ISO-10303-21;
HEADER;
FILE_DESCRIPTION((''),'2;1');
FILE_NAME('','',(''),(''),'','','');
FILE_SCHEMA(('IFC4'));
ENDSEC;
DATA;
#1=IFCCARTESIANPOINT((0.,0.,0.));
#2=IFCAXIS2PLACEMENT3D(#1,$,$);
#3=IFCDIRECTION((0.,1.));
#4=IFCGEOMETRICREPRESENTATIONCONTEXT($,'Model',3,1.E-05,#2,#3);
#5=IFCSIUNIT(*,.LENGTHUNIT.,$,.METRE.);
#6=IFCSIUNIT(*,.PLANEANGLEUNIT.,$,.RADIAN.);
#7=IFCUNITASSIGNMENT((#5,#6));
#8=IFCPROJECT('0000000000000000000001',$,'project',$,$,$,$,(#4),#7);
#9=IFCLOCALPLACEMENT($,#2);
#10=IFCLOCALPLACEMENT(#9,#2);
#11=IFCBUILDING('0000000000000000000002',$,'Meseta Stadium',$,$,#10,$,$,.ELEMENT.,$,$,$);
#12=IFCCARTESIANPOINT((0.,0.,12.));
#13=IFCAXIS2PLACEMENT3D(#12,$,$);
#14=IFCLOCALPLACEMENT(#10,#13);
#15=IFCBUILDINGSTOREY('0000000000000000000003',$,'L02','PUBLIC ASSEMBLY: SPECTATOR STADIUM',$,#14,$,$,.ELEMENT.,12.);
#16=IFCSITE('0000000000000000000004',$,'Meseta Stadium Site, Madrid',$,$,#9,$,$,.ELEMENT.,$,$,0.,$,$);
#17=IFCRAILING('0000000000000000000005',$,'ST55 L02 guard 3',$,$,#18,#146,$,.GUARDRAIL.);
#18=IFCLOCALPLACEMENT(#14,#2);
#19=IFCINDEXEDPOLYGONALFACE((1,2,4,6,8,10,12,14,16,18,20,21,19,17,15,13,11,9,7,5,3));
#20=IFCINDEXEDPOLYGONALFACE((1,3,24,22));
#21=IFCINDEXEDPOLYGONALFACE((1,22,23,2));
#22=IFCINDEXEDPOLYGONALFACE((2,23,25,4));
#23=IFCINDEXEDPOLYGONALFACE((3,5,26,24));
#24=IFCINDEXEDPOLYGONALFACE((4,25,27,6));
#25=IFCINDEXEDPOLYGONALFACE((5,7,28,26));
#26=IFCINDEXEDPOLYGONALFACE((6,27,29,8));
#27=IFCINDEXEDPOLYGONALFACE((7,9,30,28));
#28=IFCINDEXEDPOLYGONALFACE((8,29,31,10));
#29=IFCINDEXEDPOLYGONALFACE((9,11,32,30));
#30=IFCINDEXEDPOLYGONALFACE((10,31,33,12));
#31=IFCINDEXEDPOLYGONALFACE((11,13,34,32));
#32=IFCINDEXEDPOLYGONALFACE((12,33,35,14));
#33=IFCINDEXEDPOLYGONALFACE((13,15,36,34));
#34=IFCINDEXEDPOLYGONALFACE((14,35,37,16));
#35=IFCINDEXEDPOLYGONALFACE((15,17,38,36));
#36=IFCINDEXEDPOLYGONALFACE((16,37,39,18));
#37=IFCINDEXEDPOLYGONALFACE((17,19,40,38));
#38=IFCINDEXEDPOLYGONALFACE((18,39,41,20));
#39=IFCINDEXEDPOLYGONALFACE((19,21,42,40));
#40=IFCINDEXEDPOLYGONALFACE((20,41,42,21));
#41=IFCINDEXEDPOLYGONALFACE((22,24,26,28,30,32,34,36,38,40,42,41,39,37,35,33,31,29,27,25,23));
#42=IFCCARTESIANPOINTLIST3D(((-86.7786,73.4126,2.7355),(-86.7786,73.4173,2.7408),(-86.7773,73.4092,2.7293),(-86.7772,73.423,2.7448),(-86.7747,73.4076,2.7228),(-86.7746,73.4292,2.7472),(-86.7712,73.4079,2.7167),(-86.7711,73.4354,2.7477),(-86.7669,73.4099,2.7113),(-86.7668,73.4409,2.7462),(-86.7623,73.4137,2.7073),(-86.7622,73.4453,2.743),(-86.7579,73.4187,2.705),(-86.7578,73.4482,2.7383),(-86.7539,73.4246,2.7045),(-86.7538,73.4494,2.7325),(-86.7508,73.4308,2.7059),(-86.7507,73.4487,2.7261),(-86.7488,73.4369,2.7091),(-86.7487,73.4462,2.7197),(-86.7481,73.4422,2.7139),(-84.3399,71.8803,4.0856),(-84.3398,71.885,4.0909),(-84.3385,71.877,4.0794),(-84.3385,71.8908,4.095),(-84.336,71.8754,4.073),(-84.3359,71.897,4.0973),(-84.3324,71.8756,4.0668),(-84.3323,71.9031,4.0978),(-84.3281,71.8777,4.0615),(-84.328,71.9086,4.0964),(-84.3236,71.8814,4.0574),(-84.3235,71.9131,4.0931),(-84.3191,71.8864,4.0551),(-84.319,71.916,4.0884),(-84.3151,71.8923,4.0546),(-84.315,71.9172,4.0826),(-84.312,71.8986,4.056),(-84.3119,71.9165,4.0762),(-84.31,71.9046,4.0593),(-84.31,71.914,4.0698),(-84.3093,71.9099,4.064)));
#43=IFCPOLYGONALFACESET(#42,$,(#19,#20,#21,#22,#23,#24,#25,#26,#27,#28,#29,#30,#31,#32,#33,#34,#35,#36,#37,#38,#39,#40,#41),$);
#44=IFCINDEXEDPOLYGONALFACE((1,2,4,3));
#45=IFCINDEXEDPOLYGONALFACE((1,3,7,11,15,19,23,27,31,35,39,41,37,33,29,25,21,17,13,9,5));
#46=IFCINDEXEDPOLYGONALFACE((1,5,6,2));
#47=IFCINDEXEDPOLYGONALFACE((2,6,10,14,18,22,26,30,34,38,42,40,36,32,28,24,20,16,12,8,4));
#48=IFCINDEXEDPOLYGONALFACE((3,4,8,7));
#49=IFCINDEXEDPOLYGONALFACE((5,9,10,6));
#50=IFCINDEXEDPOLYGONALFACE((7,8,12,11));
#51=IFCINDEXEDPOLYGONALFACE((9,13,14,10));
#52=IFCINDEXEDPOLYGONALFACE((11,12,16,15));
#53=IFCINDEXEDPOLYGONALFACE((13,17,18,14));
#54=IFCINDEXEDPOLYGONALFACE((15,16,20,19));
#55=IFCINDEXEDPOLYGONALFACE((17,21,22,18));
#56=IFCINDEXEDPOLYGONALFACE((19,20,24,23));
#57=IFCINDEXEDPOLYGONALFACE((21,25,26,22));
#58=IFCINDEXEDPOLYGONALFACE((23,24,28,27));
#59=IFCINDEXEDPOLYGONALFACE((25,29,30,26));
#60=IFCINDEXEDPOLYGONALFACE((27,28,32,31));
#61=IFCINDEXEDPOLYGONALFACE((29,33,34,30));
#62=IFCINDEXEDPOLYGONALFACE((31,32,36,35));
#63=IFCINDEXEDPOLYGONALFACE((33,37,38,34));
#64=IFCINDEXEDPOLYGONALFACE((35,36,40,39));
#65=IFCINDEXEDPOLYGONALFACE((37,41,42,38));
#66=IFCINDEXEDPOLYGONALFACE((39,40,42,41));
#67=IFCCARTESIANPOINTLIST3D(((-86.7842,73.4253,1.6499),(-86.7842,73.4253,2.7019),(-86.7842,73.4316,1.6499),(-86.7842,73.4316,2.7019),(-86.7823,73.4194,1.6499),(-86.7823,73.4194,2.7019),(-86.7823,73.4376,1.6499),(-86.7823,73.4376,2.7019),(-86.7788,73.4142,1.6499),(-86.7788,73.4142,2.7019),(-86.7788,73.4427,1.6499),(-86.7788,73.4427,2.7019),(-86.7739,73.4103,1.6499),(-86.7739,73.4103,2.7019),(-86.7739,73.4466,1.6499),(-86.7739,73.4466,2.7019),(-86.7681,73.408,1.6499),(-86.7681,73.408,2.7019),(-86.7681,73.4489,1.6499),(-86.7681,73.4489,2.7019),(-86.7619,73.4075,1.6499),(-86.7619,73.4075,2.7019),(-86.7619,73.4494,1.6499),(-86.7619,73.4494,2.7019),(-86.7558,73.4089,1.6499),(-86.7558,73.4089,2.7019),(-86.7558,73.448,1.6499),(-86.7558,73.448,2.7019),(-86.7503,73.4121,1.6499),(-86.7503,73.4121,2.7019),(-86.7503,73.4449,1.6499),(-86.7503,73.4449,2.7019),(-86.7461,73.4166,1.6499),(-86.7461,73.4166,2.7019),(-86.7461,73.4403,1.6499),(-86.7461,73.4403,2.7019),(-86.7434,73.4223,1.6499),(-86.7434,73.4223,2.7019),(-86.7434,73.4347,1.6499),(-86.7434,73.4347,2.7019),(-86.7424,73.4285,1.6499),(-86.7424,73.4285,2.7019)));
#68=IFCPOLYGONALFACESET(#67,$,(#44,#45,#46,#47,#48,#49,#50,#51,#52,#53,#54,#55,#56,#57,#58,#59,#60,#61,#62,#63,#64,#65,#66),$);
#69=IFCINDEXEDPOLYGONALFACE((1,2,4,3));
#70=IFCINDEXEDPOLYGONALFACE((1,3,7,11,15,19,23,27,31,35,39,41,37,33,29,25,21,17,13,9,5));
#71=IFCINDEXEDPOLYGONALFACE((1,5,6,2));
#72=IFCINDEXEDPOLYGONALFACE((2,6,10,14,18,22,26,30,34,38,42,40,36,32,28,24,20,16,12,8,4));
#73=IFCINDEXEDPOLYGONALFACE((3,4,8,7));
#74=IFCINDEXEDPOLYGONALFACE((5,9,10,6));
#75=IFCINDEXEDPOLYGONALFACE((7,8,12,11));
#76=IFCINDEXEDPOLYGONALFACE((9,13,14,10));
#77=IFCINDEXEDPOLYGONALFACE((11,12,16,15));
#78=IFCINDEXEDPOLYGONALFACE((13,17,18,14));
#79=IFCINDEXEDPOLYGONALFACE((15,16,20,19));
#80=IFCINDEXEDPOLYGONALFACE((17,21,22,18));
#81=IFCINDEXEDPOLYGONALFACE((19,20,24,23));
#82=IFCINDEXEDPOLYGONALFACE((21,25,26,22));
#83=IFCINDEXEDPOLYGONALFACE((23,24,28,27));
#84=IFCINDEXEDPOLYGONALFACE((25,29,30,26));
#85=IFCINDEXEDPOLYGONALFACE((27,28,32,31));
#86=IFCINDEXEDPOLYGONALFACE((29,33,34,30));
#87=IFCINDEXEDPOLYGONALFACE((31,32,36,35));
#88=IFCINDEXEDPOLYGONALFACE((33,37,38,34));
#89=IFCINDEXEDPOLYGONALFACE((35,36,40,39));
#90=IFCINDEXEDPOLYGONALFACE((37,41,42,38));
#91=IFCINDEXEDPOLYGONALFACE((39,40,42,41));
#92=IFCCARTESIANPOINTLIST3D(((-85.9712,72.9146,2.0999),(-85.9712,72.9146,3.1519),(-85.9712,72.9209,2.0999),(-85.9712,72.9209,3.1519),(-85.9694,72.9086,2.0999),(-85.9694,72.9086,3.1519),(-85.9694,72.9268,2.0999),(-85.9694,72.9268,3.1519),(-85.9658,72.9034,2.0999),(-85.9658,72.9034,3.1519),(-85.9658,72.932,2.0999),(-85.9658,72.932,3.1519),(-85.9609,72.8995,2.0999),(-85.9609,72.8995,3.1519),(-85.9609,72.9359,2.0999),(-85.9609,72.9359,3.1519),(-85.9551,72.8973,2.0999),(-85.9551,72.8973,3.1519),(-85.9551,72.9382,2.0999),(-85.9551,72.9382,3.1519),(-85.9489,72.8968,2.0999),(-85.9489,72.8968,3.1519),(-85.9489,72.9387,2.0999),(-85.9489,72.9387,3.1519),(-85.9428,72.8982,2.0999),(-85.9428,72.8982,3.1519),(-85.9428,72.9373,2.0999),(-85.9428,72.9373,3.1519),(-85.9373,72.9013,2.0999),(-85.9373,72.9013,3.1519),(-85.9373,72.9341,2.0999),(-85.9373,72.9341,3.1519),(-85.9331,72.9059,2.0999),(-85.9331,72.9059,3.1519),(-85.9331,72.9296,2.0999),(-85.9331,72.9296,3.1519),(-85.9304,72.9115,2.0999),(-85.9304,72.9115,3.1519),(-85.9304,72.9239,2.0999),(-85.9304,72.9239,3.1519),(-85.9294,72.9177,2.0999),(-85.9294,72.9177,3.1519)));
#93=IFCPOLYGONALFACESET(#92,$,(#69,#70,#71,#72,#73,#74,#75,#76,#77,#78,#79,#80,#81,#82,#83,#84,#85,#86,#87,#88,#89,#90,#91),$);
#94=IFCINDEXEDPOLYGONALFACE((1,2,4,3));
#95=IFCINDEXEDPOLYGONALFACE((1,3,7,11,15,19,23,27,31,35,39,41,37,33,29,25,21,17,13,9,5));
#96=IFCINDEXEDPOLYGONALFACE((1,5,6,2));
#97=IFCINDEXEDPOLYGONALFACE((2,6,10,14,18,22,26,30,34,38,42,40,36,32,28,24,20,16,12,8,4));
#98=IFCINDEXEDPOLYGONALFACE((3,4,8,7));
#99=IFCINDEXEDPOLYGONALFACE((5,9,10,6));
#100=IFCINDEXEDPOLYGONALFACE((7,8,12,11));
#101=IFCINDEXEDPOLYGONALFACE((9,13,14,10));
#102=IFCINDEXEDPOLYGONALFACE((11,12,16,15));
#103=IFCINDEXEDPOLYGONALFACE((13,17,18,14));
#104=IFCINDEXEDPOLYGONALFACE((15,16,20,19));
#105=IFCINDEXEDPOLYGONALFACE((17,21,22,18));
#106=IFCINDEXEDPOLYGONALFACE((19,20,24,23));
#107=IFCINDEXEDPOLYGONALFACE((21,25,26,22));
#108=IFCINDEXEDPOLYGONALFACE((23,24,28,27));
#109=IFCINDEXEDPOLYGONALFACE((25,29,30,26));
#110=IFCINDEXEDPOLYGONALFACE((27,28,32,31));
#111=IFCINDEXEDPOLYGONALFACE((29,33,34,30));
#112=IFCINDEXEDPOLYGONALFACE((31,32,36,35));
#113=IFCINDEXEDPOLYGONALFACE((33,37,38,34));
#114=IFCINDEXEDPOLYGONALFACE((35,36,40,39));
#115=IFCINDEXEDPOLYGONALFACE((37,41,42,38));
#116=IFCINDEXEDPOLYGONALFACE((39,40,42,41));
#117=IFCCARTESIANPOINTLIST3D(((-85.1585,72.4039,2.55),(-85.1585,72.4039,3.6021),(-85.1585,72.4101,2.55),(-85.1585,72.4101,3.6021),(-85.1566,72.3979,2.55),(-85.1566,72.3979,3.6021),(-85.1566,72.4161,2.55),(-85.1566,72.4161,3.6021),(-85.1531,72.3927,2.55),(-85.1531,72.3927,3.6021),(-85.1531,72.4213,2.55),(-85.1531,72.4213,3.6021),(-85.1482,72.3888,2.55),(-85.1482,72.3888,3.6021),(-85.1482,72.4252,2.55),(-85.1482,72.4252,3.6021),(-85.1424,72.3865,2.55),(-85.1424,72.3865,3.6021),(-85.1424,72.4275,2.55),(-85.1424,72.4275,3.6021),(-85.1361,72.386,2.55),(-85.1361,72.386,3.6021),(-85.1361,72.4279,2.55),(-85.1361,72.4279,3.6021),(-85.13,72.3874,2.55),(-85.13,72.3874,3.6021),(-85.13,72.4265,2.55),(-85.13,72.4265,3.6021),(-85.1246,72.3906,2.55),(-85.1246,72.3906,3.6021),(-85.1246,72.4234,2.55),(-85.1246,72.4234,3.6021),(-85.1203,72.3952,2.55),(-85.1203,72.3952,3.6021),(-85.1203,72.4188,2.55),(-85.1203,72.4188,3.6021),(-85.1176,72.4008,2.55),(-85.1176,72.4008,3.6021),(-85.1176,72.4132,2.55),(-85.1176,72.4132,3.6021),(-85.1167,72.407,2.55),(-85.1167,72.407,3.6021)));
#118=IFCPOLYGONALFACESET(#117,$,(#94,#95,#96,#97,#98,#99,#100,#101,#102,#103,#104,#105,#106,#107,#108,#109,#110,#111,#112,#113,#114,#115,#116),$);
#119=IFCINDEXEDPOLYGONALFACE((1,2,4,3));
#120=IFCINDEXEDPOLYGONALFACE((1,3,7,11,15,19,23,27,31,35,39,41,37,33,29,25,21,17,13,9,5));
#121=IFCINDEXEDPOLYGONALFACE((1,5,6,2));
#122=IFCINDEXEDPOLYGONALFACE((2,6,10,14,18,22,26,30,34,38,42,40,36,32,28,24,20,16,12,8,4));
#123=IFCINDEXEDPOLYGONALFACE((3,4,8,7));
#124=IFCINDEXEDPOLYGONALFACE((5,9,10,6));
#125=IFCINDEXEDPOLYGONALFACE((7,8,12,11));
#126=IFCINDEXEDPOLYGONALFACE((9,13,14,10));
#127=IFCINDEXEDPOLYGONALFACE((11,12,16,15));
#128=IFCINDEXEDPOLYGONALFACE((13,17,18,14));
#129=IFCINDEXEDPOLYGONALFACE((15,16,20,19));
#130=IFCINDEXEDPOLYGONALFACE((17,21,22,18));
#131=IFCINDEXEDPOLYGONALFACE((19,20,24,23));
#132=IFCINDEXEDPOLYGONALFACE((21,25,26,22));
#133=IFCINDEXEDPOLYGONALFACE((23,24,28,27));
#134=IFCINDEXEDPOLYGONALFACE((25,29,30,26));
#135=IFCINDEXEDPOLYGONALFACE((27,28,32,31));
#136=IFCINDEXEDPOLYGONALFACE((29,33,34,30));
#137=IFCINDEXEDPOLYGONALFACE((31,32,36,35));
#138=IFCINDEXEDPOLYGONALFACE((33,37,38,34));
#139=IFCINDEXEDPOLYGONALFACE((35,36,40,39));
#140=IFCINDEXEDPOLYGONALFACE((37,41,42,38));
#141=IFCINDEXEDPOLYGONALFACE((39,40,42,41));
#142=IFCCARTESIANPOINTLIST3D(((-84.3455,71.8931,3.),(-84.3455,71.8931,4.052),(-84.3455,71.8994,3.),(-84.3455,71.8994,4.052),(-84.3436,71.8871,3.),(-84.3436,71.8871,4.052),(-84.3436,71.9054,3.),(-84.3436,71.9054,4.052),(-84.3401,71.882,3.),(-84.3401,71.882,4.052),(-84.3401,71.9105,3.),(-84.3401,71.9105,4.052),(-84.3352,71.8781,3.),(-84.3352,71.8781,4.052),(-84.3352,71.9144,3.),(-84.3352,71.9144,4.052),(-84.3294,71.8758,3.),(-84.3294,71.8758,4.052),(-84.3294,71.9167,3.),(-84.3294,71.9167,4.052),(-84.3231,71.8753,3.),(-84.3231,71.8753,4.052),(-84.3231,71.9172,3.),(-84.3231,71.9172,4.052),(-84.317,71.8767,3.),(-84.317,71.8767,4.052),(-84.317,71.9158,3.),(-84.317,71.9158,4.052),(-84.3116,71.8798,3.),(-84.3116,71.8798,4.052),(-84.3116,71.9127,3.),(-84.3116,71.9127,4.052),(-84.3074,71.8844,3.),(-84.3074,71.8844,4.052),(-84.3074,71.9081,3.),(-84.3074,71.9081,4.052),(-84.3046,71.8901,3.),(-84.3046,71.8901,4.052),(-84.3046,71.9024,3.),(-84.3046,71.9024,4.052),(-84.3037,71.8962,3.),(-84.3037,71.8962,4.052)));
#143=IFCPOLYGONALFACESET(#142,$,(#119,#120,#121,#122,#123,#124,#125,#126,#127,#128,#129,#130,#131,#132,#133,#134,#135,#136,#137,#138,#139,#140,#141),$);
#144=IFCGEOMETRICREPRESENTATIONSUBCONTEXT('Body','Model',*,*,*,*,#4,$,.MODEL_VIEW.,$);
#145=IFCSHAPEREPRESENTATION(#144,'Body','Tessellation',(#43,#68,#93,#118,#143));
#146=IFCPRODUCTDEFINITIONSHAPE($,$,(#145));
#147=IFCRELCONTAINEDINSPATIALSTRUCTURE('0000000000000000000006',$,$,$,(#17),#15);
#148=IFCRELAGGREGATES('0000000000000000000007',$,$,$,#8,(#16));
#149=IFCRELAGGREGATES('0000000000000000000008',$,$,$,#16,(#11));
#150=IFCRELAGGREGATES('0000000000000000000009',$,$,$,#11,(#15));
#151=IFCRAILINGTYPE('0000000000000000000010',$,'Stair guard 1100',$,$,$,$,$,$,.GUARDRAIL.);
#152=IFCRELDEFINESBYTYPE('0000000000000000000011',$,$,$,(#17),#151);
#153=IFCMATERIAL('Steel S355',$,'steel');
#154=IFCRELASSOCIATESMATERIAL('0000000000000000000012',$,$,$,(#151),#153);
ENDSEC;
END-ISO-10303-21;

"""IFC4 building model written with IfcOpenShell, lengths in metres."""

from ifc_helpers import new_model, si_unit, direction, frame, origin, origin_2d, place, context, subcontext, project, spatial, circle, extrude, material, type_object, element, save


model = new_model("IFC4")

# Units and contexts
model_context = context("Model", 3, precision=1e-05, world=origin(), true_north=direction((0.0, 1.0)))
body_context = subcontext(model_context, "Body", "Model", "MODEL_VIEW")
ifc_project = project(units=[si_unit("LENGTHUNIT", "METRE"), si_unit("PLANEANGLEUNIT", "RADIAN")], contexts=[model_context])

# Site, building, storey
site_placement = place(None, origin())
site = spatial("IfcSite", under=ifc_project, at=site_placement, Name="Meseta Stadium Site, Madrid", CompositionType="ELEMENT", RefElevation=0.0)
building_placement = place(site_placement, origin())
building = spatial("IfcBuilding", under=site, at=building_placement, Name="Meseta Stadium", CompositionType="ELEMENT")
storey_placement = place(building_placement, frame((0.0, 0.0, 12.0)))
storey = spatial("IfcBuildingStorey", under=building, at=storey_placement, Name="L02", Description="PUBLIC ASSEMBLY: SPECTATOR STADIUM", CompositionType="ELEMENT", Elevation=12.0)

# Railing
ifc_material_1 = material(Name="Steel S355", Category="steel")
railing_type_1 = type_object("IfcRailingType", Name="Stair guard 1100", PredefinedType="GUARDRAIL", material=ifc_material_1)
railing_1_placement = place(storey_placement, frame((-86.7634, 73.4285, 1.6499)))
element("IfcRailing", 1, at=railing_1_placement, inside=storey, type_object=railing_type_1, Name="ST55 L02 guard 3", PredefinedType="GUARDRAIL", context=body_context, shape_type="SweptSolid", body=[
    extrude(circle(Radius=0.0239, at=origin_2d()), frame((0.0, 0.0, 1.0762), z_axis=(0.766687, -0.481703, 0.424445), x_axis=(0.532001, 0.846743, 0.0)), (0.0, 0.0, 1.0), 3.1809),
    extrude(circle(Radius=0.021, at=origin_2d()), origin(), (0.0, 0.0, 1.0), 1.052),
    extrude(circle(Radius=0.021, at=origin_2d()), frame((0.813, -0.5107, 0.45)), (0.0, 0.0, 1.0), 1.052),
    extrude(circle(Radius=0.021, at=origin_2d()), frame((1.6257, -1.0215, 0.9001)), (0.0, 0.0, 1.0), 1.052),
    extrude(circle(Radius=0.021, at=origin_2d()), frame((2.4387, -1.5322, 1.3501)), (0.0, 0.0, 1.0), 1.052),
])

save(model, "model.ifc")
